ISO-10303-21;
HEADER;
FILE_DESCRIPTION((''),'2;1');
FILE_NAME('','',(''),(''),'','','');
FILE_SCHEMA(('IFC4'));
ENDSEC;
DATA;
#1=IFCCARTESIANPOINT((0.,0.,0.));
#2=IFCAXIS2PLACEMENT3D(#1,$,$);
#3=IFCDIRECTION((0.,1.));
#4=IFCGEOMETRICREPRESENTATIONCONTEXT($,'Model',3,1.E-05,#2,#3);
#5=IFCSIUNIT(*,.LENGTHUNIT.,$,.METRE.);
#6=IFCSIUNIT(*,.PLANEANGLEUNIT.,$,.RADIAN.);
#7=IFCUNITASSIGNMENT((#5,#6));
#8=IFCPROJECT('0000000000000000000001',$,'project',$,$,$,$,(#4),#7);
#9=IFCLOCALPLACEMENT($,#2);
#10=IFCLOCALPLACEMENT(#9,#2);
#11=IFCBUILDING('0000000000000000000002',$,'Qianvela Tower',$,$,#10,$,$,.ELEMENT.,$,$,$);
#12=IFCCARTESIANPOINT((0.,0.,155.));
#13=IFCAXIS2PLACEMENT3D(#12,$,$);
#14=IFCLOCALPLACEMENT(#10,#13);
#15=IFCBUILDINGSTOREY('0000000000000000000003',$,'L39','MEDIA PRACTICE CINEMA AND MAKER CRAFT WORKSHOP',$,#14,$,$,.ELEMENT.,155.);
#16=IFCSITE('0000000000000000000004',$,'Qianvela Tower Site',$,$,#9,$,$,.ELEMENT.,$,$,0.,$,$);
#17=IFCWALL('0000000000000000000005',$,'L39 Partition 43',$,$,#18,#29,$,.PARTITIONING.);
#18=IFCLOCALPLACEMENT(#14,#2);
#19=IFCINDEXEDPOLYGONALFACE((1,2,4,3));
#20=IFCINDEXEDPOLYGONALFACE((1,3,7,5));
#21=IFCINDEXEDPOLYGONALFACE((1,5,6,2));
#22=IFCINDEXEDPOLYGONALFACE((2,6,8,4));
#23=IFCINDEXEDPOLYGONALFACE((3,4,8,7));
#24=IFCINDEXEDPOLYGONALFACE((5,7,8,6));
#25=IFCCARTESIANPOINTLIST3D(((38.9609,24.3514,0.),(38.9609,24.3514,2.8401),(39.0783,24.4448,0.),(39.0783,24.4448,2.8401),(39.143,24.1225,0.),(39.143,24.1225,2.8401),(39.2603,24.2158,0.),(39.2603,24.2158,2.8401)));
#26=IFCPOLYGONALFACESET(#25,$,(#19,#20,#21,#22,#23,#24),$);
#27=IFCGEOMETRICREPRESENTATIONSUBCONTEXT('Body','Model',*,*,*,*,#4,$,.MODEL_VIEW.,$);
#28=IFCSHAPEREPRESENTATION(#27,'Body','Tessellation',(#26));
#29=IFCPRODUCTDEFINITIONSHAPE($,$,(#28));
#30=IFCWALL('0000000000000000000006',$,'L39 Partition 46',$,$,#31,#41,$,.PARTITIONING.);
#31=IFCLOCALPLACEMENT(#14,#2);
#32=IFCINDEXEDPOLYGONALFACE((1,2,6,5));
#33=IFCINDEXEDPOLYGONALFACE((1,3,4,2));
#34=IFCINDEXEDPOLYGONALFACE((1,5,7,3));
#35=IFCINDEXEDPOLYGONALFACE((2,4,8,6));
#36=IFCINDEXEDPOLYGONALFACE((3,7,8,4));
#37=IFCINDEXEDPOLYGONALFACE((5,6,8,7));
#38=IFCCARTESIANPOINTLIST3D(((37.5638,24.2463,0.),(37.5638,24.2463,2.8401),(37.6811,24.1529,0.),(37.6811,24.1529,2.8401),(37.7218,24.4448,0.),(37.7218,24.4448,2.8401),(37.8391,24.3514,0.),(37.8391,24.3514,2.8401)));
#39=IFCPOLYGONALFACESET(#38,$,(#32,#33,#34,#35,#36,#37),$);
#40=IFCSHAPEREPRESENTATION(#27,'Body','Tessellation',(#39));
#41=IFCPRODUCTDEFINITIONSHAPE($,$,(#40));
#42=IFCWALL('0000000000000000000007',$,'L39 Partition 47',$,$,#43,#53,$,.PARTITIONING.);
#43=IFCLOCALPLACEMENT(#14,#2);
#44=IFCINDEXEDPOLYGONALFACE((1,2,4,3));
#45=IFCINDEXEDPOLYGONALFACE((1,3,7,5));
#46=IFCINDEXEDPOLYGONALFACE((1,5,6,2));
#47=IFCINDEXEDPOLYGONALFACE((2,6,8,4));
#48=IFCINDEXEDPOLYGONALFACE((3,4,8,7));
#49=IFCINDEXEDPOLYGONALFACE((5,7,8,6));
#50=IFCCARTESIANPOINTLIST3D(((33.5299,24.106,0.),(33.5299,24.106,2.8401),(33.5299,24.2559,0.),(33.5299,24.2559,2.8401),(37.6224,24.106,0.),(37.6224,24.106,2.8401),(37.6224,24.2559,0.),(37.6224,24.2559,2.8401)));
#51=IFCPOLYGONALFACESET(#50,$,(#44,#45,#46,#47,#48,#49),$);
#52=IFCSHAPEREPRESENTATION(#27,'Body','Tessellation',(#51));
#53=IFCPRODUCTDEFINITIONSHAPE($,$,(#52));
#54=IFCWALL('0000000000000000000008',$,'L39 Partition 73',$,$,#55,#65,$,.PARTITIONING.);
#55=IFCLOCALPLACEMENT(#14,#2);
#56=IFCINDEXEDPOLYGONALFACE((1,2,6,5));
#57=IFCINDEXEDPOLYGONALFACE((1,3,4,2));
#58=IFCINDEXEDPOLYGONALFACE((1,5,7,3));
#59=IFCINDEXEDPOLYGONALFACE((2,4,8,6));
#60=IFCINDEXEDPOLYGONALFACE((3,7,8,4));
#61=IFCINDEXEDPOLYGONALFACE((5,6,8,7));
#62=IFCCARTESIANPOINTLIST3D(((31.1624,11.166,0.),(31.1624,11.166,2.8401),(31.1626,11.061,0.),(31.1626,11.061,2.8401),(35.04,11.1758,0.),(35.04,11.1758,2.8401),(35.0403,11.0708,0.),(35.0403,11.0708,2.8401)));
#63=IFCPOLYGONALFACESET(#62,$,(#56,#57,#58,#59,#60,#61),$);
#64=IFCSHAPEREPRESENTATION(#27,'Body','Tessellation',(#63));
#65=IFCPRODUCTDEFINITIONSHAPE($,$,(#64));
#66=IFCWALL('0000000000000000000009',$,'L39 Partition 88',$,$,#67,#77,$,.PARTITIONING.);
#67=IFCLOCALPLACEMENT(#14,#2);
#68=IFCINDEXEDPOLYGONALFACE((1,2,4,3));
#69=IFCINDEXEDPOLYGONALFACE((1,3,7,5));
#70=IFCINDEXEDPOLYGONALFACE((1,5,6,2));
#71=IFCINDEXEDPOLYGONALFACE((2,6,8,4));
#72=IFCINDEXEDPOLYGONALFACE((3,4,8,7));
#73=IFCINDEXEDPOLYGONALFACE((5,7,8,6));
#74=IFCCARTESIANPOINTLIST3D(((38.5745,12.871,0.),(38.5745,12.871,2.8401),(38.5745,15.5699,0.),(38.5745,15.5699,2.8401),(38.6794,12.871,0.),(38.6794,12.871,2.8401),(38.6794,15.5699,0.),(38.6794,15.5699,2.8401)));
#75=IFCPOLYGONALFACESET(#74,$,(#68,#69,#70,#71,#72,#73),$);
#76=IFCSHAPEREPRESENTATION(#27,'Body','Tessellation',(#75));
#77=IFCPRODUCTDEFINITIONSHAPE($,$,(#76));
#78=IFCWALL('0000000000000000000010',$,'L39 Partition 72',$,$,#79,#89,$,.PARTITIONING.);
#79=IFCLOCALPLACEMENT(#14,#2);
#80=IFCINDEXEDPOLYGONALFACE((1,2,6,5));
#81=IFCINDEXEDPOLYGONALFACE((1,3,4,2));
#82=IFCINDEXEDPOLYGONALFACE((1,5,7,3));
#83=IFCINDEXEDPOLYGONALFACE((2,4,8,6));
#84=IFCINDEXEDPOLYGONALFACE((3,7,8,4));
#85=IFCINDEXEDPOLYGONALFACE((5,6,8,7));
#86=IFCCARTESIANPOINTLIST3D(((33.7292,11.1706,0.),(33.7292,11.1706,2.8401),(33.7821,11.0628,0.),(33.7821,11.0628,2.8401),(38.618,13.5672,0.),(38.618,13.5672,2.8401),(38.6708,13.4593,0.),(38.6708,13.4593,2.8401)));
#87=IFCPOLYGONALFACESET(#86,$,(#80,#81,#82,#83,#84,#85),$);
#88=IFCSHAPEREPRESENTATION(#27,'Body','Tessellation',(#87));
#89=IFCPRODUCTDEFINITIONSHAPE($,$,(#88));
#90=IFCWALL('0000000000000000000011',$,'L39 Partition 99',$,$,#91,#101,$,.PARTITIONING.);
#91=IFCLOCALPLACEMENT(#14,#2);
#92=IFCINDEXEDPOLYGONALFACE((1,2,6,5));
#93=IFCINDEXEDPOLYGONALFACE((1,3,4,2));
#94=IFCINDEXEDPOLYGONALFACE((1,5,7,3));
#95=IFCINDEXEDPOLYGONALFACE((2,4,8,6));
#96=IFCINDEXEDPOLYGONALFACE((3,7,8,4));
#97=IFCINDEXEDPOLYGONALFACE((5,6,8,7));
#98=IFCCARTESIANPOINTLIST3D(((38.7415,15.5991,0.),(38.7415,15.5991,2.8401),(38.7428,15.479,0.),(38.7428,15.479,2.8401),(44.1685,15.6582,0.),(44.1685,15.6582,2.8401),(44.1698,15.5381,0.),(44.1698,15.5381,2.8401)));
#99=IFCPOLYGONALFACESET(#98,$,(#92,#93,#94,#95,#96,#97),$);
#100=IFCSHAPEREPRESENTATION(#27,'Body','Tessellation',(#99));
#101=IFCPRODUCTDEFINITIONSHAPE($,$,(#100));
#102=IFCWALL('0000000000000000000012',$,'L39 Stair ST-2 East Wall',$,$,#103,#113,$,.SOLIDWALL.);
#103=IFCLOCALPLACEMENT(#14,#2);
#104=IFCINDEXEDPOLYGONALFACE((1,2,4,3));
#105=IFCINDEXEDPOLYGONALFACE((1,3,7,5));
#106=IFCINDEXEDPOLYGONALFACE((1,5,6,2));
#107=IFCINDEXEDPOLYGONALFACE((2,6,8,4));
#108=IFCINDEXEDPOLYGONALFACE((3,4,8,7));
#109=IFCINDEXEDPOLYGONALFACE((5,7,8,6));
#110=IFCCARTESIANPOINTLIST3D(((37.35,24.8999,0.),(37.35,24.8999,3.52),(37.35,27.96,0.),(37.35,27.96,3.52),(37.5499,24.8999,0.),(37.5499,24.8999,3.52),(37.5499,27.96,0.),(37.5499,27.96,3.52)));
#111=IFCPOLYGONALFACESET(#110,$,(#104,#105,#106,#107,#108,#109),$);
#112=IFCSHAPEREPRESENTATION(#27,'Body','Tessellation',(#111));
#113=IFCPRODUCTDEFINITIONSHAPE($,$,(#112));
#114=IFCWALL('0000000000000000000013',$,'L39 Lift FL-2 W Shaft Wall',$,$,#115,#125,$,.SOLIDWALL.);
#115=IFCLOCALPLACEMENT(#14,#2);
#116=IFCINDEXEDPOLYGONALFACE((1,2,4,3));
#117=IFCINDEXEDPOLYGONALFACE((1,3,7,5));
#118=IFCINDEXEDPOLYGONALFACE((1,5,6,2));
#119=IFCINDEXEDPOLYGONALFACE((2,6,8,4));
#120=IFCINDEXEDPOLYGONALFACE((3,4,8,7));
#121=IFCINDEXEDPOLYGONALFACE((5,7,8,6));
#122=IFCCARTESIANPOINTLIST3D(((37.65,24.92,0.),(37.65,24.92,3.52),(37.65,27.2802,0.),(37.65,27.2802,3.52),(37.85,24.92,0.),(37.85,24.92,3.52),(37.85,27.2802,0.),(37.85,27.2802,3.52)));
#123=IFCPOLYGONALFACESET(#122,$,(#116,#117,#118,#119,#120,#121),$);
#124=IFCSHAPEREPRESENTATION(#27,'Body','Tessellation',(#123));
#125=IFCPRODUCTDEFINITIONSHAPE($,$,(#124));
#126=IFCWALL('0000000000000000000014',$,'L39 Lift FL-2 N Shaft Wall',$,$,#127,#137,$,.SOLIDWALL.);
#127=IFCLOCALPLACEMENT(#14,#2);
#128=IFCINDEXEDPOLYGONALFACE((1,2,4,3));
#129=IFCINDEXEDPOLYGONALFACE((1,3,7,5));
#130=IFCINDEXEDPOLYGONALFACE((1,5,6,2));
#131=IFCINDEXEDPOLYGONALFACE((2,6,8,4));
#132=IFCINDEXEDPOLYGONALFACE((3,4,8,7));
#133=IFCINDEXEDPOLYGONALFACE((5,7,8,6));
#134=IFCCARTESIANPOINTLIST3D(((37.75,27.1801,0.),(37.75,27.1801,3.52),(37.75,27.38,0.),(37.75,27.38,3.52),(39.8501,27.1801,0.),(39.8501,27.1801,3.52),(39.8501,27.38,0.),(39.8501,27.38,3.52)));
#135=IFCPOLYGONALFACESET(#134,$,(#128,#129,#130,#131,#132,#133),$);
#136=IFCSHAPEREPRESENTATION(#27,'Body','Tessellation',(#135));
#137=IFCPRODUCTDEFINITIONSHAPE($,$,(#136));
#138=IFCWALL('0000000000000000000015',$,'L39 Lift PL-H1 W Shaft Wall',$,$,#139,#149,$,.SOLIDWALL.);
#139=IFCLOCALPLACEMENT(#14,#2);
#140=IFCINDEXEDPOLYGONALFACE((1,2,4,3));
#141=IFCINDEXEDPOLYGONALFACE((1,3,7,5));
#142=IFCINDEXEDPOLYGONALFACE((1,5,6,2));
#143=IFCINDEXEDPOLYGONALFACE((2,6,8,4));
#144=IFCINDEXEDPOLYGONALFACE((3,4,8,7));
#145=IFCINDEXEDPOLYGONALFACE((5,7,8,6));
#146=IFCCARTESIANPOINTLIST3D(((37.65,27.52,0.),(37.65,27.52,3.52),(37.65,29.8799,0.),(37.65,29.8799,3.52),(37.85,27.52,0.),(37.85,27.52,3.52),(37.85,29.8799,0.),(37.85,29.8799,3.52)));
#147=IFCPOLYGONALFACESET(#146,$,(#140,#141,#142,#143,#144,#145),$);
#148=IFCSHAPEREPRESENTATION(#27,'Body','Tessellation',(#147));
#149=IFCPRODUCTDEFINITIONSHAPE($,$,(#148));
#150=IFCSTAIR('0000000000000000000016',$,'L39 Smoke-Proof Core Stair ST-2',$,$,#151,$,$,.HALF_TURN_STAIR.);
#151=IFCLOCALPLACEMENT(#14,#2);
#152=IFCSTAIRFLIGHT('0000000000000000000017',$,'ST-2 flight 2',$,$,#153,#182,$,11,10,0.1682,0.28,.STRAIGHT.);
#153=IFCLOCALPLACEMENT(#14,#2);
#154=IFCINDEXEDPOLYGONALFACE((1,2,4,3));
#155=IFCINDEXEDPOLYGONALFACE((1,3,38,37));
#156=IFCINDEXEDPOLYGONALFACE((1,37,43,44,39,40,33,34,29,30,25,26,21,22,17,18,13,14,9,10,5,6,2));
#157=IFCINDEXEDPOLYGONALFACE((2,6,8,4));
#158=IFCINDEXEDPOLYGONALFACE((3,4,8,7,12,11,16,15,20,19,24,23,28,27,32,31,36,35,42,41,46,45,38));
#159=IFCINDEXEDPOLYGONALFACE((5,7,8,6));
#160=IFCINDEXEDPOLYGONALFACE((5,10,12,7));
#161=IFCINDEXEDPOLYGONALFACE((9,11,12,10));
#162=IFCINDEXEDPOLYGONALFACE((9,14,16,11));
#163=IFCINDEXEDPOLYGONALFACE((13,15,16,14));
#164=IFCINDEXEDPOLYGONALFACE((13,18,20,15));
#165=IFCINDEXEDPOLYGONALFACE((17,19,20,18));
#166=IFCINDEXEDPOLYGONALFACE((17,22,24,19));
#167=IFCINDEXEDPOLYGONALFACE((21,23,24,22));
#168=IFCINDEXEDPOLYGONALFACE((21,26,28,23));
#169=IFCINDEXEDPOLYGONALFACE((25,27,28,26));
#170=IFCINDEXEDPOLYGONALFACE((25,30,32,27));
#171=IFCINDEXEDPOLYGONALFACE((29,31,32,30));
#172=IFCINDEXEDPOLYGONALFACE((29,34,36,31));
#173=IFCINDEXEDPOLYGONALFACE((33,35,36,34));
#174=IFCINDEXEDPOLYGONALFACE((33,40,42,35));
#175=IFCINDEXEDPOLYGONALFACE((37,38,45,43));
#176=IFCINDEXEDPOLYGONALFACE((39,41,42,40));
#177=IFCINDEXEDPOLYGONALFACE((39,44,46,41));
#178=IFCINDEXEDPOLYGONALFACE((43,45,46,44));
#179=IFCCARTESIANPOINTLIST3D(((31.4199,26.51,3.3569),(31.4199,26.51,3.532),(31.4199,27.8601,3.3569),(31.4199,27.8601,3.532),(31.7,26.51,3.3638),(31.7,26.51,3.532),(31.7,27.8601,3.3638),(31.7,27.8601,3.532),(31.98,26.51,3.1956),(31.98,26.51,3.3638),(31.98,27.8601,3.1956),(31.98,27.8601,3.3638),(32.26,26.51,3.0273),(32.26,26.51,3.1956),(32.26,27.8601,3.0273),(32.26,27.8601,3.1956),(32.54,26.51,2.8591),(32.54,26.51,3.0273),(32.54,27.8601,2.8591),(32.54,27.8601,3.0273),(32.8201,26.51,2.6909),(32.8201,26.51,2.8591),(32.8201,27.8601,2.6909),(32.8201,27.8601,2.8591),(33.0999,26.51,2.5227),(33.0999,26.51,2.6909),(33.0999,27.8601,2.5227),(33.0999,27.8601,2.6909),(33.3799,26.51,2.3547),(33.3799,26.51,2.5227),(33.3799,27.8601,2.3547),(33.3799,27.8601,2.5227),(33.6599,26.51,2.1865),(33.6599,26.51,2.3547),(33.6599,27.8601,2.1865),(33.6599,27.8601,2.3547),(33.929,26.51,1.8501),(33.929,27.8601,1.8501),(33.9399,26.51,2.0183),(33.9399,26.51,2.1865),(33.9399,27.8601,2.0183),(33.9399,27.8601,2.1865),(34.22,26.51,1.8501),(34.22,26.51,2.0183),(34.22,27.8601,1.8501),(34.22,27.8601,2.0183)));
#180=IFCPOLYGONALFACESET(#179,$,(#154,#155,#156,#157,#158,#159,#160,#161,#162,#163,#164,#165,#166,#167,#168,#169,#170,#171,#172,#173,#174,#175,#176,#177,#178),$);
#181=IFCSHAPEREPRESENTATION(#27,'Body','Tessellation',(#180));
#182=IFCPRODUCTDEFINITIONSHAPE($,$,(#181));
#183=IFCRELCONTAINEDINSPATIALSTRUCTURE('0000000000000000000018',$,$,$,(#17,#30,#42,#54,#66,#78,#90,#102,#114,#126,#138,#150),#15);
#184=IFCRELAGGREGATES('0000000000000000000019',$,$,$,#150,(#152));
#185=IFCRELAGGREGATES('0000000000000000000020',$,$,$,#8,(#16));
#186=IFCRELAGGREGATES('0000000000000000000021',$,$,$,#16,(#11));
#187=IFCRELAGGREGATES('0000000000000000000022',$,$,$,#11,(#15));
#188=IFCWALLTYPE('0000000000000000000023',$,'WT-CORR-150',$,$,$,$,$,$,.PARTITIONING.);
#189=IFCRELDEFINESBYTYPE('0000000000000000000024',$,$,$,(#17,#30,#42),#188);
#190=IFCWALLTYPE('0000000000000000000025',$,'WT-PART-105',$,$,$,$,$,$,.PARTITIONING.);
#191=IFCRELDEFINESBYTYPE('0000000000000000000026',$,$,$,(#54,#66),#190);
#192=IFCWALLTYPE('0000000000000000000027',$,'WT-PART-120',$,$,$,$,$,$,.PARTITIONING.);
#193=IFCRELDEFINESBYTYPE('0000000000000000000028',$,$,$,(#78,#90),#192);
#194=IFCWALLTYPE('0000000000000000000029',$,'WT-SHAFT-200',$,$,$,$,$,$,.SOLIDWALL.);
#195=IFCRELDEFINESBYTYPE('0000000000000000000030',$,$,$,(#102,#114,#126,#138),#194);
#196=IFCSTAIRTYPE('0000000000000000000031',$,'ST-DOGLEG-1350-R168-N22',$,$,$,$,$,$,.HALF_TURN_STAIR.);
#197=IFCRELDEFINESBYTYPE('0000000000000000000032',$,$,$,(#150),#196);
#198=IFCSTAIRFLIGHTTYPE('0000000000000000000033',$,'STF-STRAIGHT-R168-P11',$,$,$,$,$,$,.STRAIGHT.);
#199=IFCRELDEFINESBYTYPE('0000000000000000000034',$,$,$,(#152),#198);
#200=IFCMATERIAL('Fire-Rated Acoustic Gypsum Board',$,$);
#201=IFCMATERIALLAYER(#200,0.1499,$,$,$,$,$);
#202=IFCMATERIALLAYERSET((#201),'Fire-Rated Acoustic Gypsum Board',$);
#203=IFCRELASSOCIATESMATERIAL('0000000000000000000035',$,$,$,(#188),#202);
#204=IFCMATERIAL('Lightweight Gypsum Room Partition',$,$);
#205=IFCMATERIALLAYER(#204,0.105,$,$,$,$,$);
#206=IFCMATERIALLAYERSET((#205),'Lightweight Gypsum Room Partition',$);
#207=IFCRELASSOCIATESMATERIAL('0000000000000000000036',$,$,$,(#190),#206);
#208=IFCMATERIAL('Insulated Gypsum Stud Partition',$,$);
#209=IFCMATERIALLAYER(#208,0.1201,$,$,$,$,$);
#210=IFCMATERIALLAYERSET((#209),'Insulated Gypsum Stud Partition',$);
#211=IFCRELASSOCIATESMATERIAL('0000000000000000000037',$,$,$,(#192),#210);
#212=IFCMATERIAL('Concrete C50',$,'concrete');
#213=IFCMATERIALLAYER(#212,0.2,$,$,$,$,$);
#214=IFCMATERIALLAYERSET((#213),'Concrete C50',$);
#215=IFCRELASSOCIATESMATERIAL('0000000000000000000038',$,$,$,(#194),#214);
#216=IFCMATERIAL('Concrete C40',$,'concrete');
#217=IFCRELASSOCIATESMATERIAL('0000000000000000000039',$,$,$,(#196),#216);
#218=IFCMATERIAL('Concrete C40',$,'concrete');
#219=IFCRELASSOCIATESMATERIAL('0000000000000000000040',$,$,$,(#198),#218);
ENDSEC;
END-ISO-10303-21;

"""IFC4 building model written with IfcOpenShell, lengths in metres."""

from ifc_helpers import new_model, si_unit, direction, frame, frame_2d, origin, place, context, subcontext, project, spatial, polyline, rectangle, outline, extrude, material, layer, layer_set, type_object, element, aggregate, save


model = new_model("IFC4")

# Units and contexts
model_context = context("Model", 3, precision=1e-05, world=origin(), true_north=direction((0.0, 1.0)))
body_context = subcontext(model_context, "Body", "Model", "MODEL_VIEW")
ifc_project = project(units=[si_unit("LENGTHUNIT", "METRE"), si_unit("PLANEANGLEUNIT", "RADIAN")], contexts=[model_context])

# Site, building, storey
site_placement = place(None, origin())
site = spatial("IfcSite", under=ifc_project, at=site_placement, Name="Qianvela Tower Site", CompositionType="ELEMENT", RefElevation=0.0)
building_placement = place(site_placement, origin())
building = spatial("IfcBuilding", under=site, at=building_placement, Name="Qianvela Tower", CompositionType="ELEMENT")
storey_placement = place(building_placement, frame((0.0, 0.0, 155.0)))
storey = spatial("IfcBuildingStorey", under=building, at=storey_placement, Name="L39", Description="MEDIA PRACTICE CINEMA AND MAKER CRAFT WORKSHOP", CompositionType="ELEMENT", Elevation=155.0)

# Shared definitions
ifc_material_1 = material(Name="Fire-Rated Acoustic Gypsum Board")
ifc_layer_1 = layer(ifc_material_1, 0.1499)
ifc_layer_set_1 = layer_set([ifc_layer_1], Name="Fire-Rated Acoustic Gypsum Board")
wall_type_1 = type_object("IfcWallType", Name="WT-CORR-150", PredefinedType="PARTITIONING", material=ifc_layer_set_1)

# Walls
wall_1_placement = place(storey_placement, frame((39.2017, 24.1692, 0.0), z_axis=(0.0, 0.0, 1.0), x_axis=(-0.622454, 0.782656, 0.0)))
element("IfcWall", 1, at=wall_1_placement, inside=storey, type_object=wall_type_1, Name="L39 Partition 43", PredefinedType="PARTITIONING", context=body_context, shape_type="SweptSolid", body=[
    extrude(rectangle(XDim=0.2925, YDim=0.1499, at=frame_2d((0.1462, 0.0))), origin(), (0.0, 0.0, 1.0), 2.8401),
])
wall_2_placement = place(storey_placement, frame((37.7805, 24.3982, 0.0), z_axis=(0.0, 0.0, 1.0), x_axis=(-0.622698, -0.782462, 0.0)))
element("IfcWall", 2, at=wall_2_placement, inside=storey, type_object=wall_type_1, Name="L39 Partition 46", PredefinedType="PARTITIONING", context=body_context, shape_type="SweptSolid", body=[
    extrude(rectangle(XDim=0.2537, YDim=0.1499, at=frame_2d((0.127, 0.0))), origin(), (0.0, 0.0, 1.0), 2.8401),
])
wall_3_placement = place(storey_placement, frame((37.6226, 24.1809, 0.0), z_axis=(0.0, 0.0, 1.0), x_axis=(-1.0, 0.0, 0.0)))
element("IfcWall", 3, at=wall_3_placement, inside=storey, type_object=wall_type_1, Name="L39 Partition 47", PredefinedType="PARTITIONING", context=body_context, shape_type="SweptSolid", body=[
    extrude(rectangle(XDim=4.0925, YDim=0.1499, at=frame_2d((2.0464, 0.0))), origin(), (0.0, 0.0, 1.0), 2.8401),
])
ifc_material_2 = material(Name="Lightweight Gypsum Room Partition")
ifc_layer_2 = layer(ifc_material_2, 0.105)
ifc_layer_set_2 = layer_set([ifc_layer_2], Name="Lightweight Gypsum Room Partition")
wall_type_2 = type_object("IfcWallType", Name="WT-PART-105", PredefinedType="PARTITIONING", material=ifc_layer_set_2)
wall_4_placement = place(storey_placement, frame((35.0403, 11.1233, 0.0), z_axis=(0.0, 0.0, 1.0), x_axis=(-0.999997, -0.002518, 0.0)))
element("IfcWall", 4, at=wall_4_placement, inside=storey, type_object=wall_type_2, Name="L39 Partition 73", PredefinedType="PARTITIONING", context=body_context, shape_type="SweptSolid", body=[
    extrude(rectangle(XDim=3.8777, YDim=0.105, at=frame_2d((1.939, 0.0))), origin(), (0.0, 0.0, 1.0), 2.8401),
])
wall_5_placement = place(storey_placement, frame((38.627, 15.5701, 0.0), z_axis=(0.0, 0.0, 1.0), x_axis=(0.0, -1.0, 0.0)))
element("IfcWall", 5, at=wall_5_placement, inside=storey, type_object=wall_type_2, Name="L39 Partition 88", PredefinedType="PARTITIONING", context=body_context, shape_type="SweptSolid", body=[
    extrude(rectangle(XDim=2.699, YDim=0.105, at=frame_2d((1.3496, 0.0))), origin(), (0.0, 0.0, 1.0), 2.8401),
])
ifc_material_3 = material(Name="Insulated Gypsum Stud Partition")
ifc_layer_3 = layer(ifc_material_3, 0.1201)
ifc_layer_set_3 = layer_set([ifc_layer_3], Name="Insulated Gypsum Stud Partition")
wall_type_3 = type_object("IfcWallType", Name="WT-PART-120", PredefinedType="PARTITIONING", material=ifc_layer_set_3)
wall_6_placement = place(storey_placement, frame((38.6443, 13.5132, 0.0), z_axis=(0.0, 0.0, 1.0), x_axis=(-0.897915, -0.440169, 0.0)))
element("IfcWall", 6, at=wall_6_placement, inside=storey, type_object=wall_type_3, Name="L39 Partition 72", PredefinedType="PARTITIONING", context=body_context, shape_type="SweptSolid", body=[
    extrude(rectangle(XDim=5.4446, YDim=0.1201, at=frame_2d((2.7222, 0.0))), origin(), (0.0, 0.0, 1.0), 2.8401),
])
wall_7_placement = place(storey_placement, frame((38.7422, 15.5391, 0.0), z_axis=(0.0, 0.0, 1.0), x_axis=(0.999941, 0.010886, 0.0)))
element("IfcWall", 7, at=wall_7_placement, inside=storey, type_object=wall_type_3, Name="L39 Partition 99", PredefinedType="PARTITIONING", context=body_context, shape_type="SweptSolid", body=[
    extrude(rectangle(XDim=5.4272, YDim=0.1201, at=frame_2d((2.7136, 0.0))), origin(), (0.0, 0.0, 1.0), 2.8401),
])
ifc_material_4 = material(Name="Concrete C50", Category="concrete")
ifc_layer_4 = layer(ifc_material_4, 0.2)
ifc_layer_set_4 = layer_set([ifc_layer_4], Name="Concrete C50")
wall_type_4 = type_object("IfcWallType", Name="WT-SHAFT-200", PredefinedType="SOLIDWALL", material=ifc_layer_set_4)
wall_8_placement = place(storey_placement, frame((37.45, 24.8999, 0.0), z_axis=(0.0, 0.0, 1.0), x_axis=(0.0, 1.0, 0.0)))
element("IfcWall", 8, at=wall_8_placement, inside=storey, type_object=wall_type_4, Name="L39 Stair ST-2 East Wall", PredefinedType="SOLIDWALL", context=body_context, shape_type="SweptSolid", body=[
    extrude(rectangle(XDim=3.0601, YDim=0.2, at=frame_2d((1.53, 0.0))), origin(), (0.0, 0.0, 1.0), 3.52),
])

# Walls
wall_9_placement = place(storey_placement, frame((37.75, 24.9199, 0.0), z_axis=(0.0, 0.0, 1.0), x_axis=(0.0, 1.0, 0.0)))
element("IfcWall", 9, at=wall_9_placement, inside=storey, type_object=wall_type_4, Name="L39 Lift FL-2 W Shaft Wall", PredefinedType="SOLIDWALL", context=body_context, shape_type="SweptSolid", body=[
    extrude(rectangle(XDim=2.3601, YDim=0.2, at=frame_2d((1.1802, 0.0))), origin(), (0.0, 0.0, 1.0), 3.52),
])
wall_10_placement = place(storey_placement, frame((37.75, 27.28, 0.0), z_axis=(0.0, 0.0, 1.0), x_axis=(1.0, 0.0, 0.0)))
element("IfcWall", 10, at=wall_10_placement, inside=storey, type_object=wall_type_4, Name="L39 Lift FL-2 N Shaft Wall", PredefinedType="SOLIDWALL", context=body_context, shape_type="SweptSolid", body=[
    extrude(rectangle(XDim=2.1001, YDim=0.2, at=frame_2d((1.05, 0.0))), origin(), (0.0, 0.0, 1.0), 3.52),
])
wall_11_placement = place(storey_placement, frame((37.75, 27.52, 0.0), z_axis=(0.0, 0.0, 1.0), x_axis=(0.0, 1.0, 0.0)))
element("IfcWall", 11, at=wall_11_placement, inside=storey, type_object=wall_type_4, Name="L39 Lift PL-H1 W Shaft Wall", PredefinedType="SOLIDWALL", context=body_context, shape_type="SweptSolid", body=[
    extrude(rectangle(XDim=2.3599, YDim=0.2, at=frame_2d((1.1799, 0.0))), origin(), (0.0, 0.0, 1.0), 3.52),
])

# Stair, stair flight
ifc_material_5 = material(Name="Concrete C40", Category="concrete")
stair_type = type_object("IfcStairType", Name="ST-DOGLEG-1350-R168-N22", PredefinedType="HALF_TURN_STAIR", material=ifc_material_5)
stair_placement = place(storey_placement, origin())
stair = element("IfcStair", 12, at=stair_placement, inside=storey, type_object=stair_type, Name="L39 Smoke-Proof Core Stair ST-2", PredefinedType="HALF_TURN_STAIR")
ifc_material_6 = material(Name="Concrete C40", Category="concrete")
stair_flight_type = type_object("IfcStairFlightType", Name="STF-STRAIGHT-R168-P11", PredefinedType="STRAIGHT", material=ifc_material_6)
stair_flight_placement = place(storey_placement, frame((34.22, 27.1851, 1.8501), z_axis=(0.0, 0.0, 1.0), x_axis=(-1.0, 0.0, 0.0)))
stair_flight = element("IfcStairFlight", 13, at=stair_flight_placement, type_object=stair_flight_type, Name="ST-2 flight 2", NumberOfRisers=11, NumberOfTreads=10, PredefinedType="STRAIGHT", RiserHeight=0.1682, TreadLength=0.28, context=body_context, shape_type="SweptSolid", body=[
    extrude(outline(polyline([(0.0, 0.0), (0.0, 0.1682), (0.28, 0.1682), (0.28, 0.3364), (0.5601, 0.3364), (0.5601, 0.5046), (0.8401, 0.5046), (0.8401, 0.6726), (1.1201, 0.6726), (1.1201, 0.8408), (1.3999, 0.8408), (1.3999, 1.009), (1.6799, 1.009), (1.6799, 1.1772), (1.96, 1.1772), (1.96, 1.3455), (2.24, 1.3455), (2.24, 1.5137), (2.52, 1.5137), (2.52, 1.6819), (2.8, 1.6819), (2.8, 1.8501), (2.8, 1.5068), (0.291, 0.0), (0.0, 0.0)])), frame((0.0, 0.675, 0.0), z_axis=(0.0, -1.0, 0.0), x_axis=(1.0, 0.0, 0.0)), (0.0, 0.0, 1.0), 1.3501),
])
aggregate(stair, [stair_flight])

save(model, "model.ifc")
